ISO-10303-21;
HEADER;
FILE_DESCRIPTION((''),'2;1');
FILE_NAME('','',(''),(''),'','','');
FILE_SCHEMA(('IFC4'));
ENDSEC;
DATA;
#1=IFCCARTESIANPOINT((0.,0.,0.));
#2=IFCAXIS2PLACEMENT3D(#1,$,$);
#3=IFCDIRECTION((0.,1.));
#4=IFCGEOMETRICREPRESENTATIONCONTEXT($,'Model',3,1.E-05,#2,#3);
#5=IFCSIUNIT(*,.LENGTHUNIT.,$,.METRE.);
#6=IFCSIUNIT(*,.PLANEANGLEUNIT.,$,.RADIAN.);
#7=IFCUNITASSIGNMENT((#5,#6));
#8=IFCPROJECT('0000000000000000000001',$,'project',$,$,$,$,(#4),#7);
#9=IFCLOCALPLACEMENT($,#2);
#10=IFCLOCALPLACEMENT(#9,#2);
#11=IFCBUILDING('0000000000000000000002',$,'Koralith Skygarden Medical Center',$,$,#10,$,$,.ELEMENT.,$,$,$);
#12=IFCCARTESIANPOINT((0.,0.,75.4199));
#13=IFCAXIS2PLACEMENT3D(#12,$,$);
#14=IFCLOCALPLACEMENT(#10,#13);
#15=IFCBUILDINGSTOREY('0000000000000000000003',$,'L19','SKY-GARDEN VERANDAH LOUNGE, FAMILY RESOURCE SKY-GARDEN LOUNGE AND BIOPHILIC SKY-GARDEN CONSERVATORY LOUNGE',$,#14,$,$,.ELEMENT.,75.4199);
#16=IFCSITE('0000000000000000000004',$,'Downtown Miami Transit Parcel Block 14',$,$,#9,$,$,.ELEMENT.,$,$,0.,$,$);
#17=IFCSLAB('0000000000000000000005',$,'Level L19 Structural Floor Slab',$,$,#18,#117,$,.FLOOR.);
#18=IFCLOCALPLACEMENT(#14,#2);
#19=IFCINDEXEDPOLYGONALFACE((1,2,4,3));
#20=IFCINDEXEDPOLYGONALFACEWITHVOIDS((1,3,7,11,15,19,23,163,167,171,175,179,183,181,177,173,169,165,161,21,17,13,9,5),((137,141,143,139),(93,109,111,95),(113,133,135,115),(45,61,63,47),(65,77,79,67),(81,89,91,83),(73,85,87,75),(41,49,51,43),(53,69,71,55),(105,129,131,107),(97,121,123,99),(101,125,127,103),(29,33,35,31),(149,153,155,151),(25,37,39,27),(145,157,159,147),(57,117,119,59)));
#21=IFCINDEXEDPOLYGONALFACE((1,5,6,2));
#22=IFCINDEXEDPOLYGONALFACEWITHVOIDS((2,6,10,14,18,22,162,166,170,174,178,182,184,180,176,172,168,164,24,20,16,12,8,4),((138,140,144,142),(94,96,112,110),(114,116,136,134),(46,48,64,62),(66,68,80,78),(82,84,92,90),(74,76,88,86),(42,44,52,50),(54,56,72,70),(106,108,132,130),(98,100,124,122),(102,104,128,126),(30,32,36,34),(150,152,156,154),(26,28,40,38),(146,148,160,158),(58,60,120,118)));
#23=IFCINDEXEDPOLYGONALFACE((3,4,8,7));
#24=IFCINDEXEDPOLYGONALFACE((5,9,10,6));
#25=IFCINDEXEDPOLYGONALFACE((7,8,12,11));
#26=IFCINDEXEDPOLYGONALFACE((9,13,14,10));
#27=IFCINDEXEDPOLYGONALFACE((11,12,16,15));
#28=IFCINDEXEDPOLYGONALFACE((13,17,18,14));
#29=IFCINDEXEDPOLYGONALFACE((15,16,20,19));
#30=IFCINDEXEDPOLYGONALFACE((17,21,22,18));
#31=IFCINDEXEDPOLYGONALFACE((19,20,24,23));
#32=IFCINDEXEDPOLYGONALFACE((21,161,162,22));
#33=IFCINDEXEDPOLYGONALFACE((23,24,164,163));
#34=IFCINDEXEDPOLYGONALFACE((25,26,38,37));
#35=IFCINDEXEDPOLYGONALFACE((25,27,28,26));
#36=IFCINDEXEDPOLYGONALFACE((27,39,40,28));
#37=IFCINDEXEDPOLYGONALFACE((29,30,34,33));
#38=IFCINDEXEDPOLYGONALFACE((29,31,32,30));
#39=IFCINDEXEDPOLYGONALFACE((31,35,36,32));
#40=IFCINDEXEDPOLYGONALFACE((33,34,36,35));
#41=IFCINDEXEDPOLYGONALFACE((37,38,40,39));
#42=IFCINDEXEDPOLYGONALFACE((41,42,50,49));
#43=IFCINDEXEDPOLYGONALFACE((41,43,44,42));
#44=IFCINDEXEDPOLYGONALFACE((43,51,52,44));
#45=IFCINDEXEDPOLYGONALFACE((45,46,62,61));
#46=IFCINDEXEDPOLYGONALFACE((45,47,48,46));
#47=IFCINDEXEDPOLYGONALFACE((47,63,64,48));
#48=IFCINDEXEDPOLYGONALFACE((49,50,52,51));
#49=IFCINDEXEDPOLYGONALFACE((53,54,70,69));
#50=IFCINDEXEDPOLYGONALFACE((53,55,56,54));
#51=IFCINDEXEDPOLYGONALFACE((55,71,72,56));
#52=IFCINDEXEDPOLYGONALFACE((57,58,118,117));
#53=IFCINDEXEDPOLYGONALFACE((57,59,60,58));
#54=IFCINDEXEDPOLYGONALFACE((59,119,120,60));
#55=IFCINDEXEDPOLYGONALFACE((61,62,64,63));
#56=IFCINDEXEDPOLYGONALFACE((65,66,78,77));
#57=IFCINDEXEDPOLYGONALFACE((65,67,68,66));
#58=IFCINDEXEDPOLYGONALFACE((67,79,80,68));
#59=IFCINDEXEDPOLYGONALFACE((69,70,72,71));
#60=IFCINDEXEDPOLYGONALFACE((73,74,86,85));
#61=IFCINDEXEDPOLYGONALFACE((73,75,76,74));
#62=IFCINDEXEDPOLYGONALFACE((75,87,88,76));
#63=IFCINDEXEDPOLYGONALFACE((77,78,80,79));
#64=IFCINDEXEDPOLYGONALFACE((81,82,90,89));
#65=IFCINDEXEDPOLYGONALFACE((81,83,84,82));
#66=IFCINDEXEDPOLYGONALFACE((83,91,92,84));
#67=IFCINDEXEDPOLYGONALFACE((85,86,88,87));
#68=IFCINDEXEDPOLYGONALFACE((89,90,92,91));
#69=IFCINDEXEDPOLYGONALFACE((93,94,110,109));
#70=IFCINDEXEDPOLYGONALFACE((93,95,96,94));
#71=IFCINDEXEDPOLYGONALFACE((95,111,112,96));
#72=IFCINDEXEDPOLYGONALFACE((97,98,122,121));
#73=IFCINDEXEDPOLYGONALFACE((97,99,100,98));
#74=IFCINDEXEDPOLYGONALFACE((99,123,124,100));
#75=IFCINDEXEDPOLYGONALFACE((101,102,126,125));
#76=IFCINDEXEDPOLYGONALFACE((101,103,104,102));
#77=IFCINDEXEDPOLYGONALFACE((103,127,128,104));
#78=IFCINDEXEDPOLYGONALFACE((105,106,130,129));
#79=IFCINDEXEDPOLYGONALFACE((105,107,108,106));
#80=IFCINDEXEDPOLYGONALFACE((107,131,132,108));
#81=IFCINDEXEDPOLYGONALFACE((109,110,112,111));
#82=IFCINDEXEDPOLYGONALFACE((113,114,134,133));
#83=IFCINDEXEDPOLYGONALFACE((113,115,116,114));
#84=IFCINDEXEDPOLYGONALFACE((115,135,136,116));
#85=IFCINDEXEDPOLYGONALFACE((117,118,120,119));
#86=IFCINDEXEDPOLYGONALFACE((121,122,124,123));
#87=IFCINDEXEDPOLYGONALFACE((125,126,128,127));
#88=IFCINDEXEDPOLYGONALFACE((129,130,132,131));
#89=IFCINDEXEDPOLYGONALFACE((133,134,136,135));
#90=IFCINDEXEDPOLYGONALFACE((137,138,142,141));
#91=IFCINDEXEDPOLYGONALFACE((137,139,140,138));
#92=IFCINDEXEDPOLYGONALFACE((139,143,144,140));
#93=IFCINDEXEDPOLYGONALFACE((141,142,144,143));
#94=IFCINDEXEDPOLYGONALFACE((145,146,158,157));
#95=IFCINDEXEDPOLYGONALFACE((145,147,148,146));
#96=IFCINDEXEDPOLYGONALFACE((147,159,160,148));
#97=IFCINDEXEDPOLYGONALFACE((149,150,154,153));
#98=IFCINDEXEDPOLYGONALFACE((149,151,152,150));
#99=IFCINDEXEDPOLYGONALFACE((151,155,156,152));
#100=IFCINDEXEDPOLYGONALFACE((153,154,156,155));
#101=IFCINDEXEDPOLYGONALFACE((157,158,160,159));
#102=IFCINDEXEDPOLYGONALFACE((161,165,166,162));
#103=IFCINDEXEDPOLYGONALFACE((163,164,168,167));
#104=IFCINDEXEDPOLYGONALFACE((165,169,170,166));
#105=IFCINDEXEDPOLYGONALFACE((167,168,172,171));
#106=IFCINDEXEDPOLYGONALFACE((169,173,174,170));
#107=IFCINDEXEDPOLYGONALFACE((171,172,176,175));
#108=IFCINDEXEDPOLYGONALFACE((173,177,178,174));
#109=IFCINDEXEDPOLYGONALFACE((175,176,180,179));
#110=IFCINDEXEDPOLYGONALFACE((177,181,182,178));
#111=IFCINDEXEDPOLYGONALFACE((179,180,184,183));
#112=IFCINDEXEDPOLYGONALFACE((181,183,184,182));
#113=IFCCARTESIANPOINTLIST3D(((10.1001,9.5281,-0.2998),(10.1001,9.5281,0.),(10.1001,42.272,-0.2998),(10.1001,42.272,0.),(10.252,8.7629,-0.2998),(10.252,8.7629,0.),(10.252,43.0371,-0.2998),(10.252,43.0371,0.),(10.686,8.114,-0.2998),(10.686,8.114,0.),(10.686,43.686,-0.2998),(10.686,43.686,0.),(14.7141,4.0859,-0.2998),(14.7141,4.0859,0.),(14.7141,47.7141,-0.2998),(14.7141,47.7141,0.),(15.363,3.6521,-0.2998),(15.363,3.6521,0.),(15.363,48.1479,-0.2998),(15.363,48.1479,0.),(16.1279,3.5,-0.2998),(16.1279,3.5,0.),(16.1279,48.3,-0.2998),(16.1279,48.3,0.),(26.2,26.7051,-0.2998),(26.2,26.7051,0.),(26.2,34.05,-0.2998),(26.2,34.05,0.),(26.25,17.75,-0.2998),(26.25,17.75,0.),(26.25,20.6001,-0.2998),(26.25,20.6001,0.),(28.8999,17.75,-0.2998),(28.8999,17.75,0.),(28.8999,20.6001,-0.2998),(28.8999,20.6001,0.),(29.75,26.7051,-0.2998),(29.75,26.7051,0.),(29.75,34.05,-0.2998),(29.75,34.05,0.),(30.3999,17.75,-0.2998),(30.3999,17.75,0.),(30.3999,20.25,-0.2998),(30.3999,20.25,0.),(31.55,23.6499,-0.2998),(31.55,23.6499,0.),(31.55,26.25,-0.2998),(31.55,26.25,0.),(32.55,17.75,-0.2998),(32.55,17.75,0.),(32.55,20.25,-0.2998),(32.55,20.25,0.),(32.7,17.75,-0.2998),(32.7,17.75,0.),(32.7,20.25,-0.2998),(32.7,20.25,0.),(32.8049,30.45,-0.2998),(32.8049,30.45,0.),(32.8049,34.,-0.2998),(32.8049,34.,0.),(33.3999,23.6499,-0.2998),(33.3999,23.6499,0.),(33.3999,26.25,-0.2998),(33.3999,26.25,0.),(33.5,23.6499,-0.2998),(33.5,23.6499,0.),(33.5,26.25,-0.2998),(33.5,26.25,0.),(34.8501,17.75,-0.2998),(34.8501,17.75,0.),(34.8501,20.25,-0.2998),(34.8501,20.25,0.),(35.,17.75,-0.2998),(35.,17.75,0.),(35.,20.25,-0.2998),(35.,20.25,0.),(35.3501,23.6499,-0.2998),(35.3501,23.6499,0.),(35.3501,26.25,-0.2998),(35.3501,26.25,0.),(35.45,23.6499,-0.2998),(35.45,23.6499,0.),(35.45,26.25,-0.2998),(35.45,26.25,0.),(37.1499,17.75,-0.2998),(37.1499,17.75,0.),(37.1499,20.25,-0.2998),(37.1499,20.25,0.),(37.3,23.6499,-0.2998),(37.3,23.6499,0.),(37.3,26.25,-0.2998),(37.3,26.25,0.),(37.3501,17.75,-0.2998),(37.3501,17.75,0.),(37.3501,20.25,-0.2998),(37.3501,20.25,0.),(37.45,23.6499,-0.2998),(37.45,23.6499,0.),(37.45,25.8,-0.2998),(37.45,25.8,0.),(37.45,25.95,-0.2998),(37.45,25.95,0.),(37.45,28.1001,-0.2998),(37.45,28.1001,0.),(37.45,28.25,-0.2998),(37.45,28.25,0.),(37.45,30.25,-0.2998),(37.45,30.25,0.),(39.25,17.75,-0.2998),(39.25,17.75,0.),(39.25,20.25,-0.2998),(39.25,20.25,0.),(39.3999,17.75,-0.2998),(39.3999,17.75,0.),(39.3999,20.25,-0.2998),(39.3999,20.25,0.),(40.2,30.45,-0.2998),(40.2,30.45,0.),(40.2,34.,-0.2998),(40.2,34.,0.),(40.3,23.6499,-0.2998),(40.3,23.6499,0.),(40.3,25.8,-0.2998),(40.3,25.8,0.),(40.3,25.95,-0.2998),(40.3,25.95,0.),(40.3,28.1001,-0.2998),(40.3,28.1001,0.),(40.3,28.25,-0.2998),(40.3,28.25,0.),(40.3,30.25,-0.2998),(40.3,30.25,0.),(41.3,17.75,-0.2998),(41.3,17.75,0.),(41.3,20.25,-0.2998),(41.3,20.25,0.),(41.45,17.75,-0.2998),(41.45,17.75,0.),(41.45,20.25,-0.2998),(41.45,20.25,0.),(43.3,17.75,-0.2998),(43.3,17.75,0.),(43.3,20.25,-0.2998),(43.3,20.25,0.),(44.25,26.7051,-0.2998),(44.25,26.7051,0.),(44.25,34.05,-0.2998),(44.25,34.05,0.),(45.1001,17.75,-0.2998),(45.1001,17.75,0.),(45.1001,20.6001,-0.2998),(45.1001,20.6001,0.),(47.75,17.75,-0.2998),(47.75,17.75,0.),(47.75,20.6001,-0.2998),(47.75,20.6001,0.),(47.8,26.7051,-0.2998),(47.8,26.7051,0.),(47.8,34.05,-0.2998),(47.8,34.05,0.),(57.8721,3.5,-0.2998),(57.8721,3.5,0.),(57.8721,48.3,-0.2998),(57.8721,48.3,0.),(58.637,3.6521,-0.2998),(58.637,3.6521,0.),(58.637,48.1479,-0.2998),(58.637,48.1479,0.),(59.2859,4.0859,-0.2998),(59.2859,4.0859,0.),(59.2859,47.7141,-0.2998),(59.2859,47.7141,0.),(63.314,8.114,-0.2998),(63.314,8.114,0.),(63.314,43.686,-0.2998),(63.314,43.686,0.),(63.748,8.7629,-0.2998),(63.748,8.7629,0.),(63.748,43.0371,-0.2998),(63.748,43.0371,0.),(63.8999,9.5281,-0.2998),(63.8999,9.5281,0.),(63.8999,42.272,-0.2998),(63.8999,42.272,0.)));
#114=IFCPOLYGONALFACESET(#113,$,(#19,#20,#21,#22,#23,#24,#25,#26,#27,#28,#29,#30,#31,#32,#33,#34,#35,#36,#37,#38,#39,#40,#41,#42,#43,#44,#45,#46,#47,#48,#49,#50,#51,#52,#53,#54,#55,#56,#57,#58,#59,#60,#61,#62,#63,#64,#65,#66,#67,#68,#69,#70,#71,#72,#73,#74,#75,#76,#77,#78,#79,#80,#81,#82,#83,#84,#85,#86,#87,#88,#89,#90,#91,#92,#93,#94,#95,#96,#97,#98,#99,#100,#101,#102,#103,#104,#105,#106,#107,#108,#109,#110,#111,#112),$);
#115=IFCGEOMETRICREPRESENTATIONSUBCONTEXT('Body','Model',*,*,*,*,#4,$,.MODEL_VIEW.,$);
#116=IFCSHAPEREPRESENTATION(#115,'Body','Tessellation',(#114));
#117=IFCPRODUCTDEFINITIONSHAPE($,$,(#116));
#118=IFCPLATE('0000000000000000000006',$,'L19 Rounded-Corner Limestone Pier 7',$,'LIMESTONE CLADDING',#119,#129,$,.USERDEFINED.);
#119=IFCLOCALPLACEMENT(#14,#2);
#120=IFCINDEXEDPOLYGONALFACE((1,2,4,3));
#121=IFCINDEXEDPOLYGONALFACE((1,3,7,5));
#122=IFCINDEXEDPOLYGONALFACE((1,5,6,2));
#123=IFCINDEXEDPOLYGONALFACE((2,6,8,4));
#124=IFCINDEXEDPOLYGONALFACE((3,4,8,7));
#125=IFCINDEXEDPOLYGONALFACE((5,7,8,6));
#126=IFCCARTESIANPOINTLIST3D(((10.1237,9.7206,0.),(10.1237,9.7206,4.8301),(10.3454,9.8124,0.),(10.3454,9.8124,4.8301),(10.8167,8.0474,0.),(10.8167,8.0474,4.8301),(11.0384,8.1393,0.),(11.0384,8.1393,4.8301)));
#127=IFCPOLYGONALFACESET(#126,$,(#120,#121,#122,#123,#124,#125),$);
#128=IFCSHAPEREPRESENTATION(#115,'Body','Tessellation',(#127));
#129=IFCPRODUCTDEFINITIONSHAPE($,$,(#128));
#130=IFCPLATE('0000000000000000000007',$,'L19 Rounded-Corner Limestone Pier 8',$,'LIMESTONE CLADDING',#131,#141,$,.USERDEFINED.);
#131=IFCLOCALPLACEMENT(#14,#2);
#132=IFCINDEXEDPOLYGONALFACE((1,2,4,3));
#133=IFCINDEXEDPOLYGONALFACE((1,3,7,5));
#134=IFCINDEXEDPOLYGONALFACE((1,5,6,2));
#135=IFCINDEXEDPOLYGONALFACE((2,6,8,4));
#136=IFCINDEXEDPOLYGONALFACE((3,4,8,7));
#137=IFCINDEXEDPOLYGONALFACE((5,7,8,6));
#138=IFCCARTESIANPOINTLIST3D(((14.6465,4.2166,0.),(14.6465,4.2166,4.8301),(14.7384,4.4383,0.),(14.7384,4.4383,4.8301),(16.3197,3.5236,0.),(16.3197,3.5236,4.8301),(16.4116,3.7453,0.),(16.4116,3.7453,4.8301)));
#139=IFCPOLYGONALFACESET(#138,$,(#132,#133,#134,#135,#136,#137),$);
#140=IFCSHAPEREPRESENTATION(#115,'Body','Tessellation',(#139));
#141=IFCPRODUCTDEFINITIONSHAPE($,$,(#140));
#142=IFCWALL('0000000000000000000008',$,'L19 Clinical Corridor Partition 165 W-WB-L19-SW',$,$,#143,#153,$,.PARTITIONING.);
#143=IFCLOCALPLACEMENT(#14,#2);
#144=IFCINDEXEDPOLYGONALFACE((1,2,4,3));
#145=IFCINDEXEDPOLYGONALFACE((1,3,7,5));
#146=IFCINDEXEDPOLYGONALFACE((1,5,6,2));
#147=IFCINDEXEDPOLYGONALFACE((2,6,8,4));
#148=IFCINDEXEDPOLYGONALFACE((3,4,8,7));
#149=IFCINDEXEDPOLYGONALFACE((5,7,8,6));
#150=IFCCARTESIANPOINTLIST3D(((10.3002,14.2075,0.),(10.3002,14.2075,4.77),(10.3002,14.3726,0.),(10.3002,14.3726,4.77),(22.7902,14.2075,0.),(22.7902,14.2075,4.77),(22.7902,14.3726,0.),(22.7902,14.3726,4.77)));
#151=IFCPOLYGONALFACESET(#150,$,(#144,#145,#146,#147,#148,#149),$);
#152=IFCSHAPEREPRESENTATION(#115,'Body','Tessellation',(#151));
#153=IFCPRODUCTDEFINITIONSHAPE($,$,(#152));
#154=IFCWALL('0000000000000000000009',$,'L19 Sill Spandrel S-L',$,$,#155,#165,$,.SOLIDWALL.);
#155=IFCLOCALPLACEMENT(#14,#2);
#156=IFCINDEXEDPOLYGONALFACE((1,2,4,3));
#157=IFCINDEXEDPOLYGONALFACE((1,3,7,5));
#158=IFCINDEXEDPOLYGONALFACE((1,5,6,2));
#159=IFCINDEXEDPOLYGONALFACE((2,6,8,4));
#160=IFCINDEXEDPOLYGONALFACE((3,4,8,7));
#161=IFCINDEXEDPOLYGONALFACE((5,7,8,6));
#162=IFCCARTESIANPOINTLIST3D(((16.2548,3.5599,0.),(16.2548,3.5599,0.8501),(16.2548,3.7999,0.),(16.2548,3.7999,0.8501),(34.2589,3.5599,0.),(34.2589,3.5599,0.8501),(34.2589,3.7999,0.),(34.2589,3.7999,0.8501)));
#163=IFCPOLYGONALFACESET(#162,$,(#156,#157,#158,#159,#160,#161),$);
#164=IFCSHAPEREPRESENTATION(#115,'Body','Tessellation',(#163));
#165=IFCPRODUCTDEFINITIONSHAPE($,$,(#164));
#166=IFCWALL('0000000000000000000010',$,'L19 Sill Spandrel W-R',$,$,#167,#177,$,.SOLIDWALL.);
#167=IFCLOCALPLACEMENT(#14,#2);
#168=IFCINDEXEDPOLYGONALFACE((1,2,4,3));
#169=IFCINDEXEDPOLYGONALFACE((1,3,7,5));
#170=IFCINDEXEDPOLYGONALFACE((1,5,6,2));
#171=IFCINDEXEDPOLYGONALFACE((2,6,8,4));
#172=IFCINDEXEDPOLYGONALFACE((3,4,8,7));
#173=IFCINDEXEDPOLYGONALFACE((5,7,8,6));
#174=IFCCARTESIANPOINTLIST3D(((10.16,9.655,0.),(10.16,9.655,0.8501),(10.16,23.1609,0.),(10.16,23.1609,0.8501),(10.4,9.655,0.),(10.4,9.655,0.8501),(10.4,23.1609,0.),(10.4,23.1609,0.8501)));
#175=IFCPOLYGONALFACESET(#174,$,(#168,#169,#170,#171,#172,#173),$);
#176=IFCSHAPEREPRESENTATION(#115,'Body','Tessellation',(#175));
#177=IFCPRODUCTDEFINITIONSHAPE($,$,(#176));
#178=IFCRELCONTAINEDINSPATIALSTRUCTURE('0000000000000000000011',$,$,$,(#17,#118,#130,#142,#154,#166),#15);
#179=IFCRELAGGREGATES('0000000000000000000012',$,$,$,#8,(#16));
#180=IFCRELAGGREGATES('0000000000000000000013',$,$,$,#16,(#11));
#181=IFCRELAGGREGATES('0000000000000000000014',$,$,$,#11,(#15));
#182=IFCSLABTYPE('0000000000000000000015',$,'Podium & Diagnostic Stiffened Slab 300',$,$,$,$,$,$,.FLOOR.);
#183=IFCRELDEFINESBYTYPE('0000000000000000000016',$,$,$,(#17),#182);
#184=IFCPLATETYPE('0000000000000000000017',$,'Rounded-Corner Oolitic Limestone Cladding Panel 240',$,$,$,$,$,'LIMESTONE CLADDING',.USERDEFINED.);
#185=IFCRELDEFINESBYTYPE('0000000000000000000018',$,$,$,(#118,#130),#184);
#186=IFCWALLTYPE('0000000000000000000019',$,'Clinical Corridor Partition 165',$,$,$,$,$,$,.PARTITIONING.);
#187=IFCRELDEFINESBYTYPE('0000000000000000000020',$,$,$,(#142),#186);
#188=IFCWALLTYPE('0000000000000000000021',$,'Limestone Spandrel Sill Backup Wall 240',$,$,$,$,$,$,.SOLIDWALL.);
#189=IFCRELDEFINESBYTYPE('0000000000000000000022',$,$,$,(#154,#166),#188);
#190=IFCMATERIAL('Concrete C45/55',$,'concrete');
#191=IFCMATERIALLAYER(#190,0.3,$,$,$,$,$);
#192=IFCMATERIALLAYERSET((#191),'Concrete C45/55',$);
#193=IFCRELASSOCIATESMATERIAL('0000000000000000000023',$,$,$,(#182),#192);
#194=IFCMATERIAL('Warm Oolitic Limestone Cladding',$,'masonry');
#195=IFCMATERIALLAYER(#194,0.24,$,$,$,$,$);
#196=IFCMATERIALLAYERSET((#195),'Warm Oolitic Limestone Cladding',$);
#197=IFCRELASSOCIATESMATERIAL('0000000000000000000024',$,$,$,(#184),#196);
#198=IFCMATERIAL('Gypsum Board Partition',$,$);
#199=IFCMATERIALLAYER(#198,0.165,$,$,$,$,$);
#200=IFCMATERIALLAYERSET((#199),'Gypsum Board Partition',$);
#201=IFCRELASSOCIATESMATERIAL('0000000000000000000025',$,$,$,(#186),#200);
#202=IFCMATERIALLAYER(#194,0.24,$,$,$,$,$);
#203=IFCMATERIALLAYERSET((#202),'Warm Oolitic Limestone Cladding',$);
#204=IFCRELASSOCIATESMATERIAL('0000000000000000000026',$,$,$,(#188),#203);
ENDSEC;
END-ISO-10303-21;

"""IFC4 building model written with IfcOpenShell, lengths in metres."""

from ifc_helpers import new_model, si_unit, direction, frame, frame_2d, origin, origin_2d, place, context, subcontext, project, spatial, polyline, rectangle, outline, extrude, material, layer, layer_set, type_object, element, save


model = new_model("IFC4")

# Units and contexts
model_context = context("Model", 3, precision=1e-05, world=origin(), true_north=direction((0.0, 1.0)))
body_context = subcontext(model_context, "Body", "Model", "MODEL_VIEW")
ifc_project = project(units=[si_unit("LENGTHUNIT", "METRE"), si_unit("PLANEANGLEUNIT", "RADIAN")], contexts=[model_context])

# Site, building, storey
site_placement = place(None, origin())
site = spatial("IfcSite", under=ifc_project, at=site_placement, Name="Downtown Miami Transit Parcel Block 14", CompositionType="ELEMENT", RefElevation=0.0)
building_placement = place(site_placement, origin())
building = spatial("IfcBuilding", under=site, at=building_placement, Name="Koralith Skygarden Medical Center", CompositionType="ELEMENT")
storey_placement = place(building_placement, frame((0.0, 0.0, 75.4199)))
storey = spatial("IfcBuildingStorey", under=building, at=storey_placement, Name="L19", Description="SKY-GARDEN VERANDAH LOUNGE, FAMILY RESOURCE SKY-GARDEN LOUNGE AND BIOPHILIC SKY-GARDEN CONSERVATORY LOUNGE", CompositionType="ELEMENT", Elevation=75.4199)

# Shared definitions
ifc_material_1 = material(Name="Concrete C45/55", Category="concrete")

# Slab
ifc_layer_1 = layer(ifc_material_1, 0.3)
ifc_layer_set_1 = layer_set([ifc_layer_1], Name="Concrete C45/55")
slab_type_1 = type_object("IfcSlabType", Name="Podium & Diagnostic Stiffened Slab 300", PredefinedType="FLOOR", material=ifc_layer_set_1)
slab_1_placement = place(storey_placement, frame((0.0, 0.0, -0.2998)))
element("IfcSlab", 1, at=slab_1_placement, inside=storey, type_object=slab_type_1, Name="Level L19 Structural Floor Slab", PredefinedType="FLOOR", context=body_context, shape_type="SweptSolid", body=[
    extrude(outline(polyline([(14.7141, 4.0859), (15.363, 3.6521), (16.1279, 3.5), (57.8721, 3.5), (58.637, 3.6521), (59.2859, 4.0859), (63.314, 8.114), (63.748, 8.7629), (63.8999, 9.5281), (63.8999, 42.272), (63.748, 43.0371), (63.314, 43.686), (59.2859, 47.7141), (58.637, 48.1479), (57.8721, 48.3), (16.1279, 48.3), (15.363, 48.1479), (14.7141, 47.7141), (10.686, 43.686), (10.252, 43.0371), (10.1001, 42.272), (10.1001, 9.5281), (10.252, 8.7629), (10.686, 8.114), (14.7141, 4.0859)]), holes=[polyline([(26.2, 26.7051), (29.75, 26.7051), (29.75, 34.05), (26.2, 34.05), (26.2, 26.7051)]), polyline([(44.25, 26.7051), (47.8, 26.7051), (47.8, 34.05), (44.25, 34.05), (44.25, 26.7051)]), polyline([(32.8049, 30.45), (40.2, 30.45), (40.2, 34.0), (32.8049, 34.0), (32.8049, 30.45)]), polyline([(26.25, 17.75), (28.8999, 17.75), (28.8999, 20.6001), (26.25, 20.6001), (26.25, 17.75)]), polyline([(45.1001, 17.75), (47.75, 17.75), (47.75, 20.6001), (45.1001, 20.6001), (45.1001, 17.75)]), polyline([(30.3999, 17.75), (32.55, 17.75), (32.55, 20.25), (30.3999, 20.25), (30.3999, 17.75)]), polyline([(32.7, 17.75), (34.8501, 17.75), (34.8501, 20.25), (32.7, 20.25), (32.7, 17.75)]), polyline([(35.0, 17.75), (37.1499, 17.75), (37.1499, 20.25), (35.0, 20.25), (35.0, 17.75)]), polyline([(37.3501, 17.75), (39.25, 17.75), (39.25, 20.25), (37.3501, 20.25), (37.3501, 17.75)]), polyline([(39.3999, 17.75), (41.3, 17.75), (41.3, 20.25), (39.3999, 20.25), (39.3999, 17.75)]), polyline([(41.45, 17.75), (43.3, 17.75), (43.3, 20.25), (41.45, 20.25), (41.45, 17.75)]), polyline([(31.55, 23.6499), (33.3999, 23.6499), (33.3999, 26.25), (31.55, 26.25), (31.55, 23.6499)]), polyline([(33.5, 23.6499), (35.3501, 23.6499), (35.3501, 26.25), (33.5, 26.25), (33.5, 23.6499)]), polyline([(35.45, 23.6499), (37.3, 23.6499), (37.3, 26.25), (35.45, 26.25), (35.45, 23.6499)]), polyline([(37.45, 23.6499), (40.3, 23.6499), (40.3, 25.8), (37.45, 25.8), (37.45, 23.6499)]), polyline([(37.45, 25.95), (40.3, 25.95), (40.3, 28.1001), (37.45, 28.1001), (37.45, 25.95)]), polyline([(37.45, 28.25), (40.3, 28.25), (40.3, 30.25), (37.45, 30.25), (37.45, 28.25)])]), origin(), (0.0, 0.0, 1.0), 0.2998),
])

# Plates
ifc_material_2 = material(Name="Warm Oolitic Limestone Cladding", Category="masonry")
ifc_layer_2 = layer(ifc_material_2, 0.24)
ifc_layer_set_2 = layer_set([ifc_layer_2], Name="Warm Oolitic Limestone Cladding")
plate_type_1 = type_object("IfcPlateType", Name="Rounded-Corner Oolitic Limestone Cladding Panel 240", ElementType="LIMESTONE CLADDING", PredefinedType="USERDEFINED", material=ifc_layer_set_2)
for number, where, z_axis, x_axis, name in (
    (2, (10.5811, 8.9299, 0.0), (0.0, 0.0, 1.0), (0.382671, -0.923885, 0.0), "L19 Rounded-Corner Limestone Pier 7"),
    (3, (15.5291, 3.981, 0.0), (0.0, 0.0, 1.0), (0.923885, -0.382671, 0.0), "L19 Rounded-Corner Limestone Pier 8"),
):
    element("IfcPlate", number, at=place(storey_placement, frame(where, z_axis=z_axis, x_axis=x_axis)), inside=storey, type_object=plate_type_1, Name=name, ObjectType="LIMESTONE CLADDING", PredefinedType="USERDEFINED", context=body_context, shape_type="SweptSolid", body=[
        extrude(rectangle(XDim=1.811, YDim=0.24, at=origin_2d()), origin(), (0.0, 0.0, 1.0), 4.8301),
    ])

# Walls
ifc_material_3 = material(Name="Gypsum Board Partition")
ifc_layer_3 = layer(ifc_material_3, 0.165)
ifc_layer_set_3 = layer_set([ifc_layer_3], Name="Gypsum Board Partition")
wall_type_1 = type_object("IfcWallType", Name="Clinical Corridor Partition 165", PredefinedType="PARTITIONING", material=ifc_layer_set_3)
wall_1_placement = place(storey_placement, frame((10.3, 14.29, 0.0), z_axis=(0.0, 0.0, 1.0), x_axis=(1.0, 0.0, 0.0)))
element("IfcWall", 4, at=wall_1_placement, inside=storey, type_object=wall_type_1, Name="L19 Clinical Corridor Partition 165 W-WB-L19-SW", PredefinedType="PARTITIONING", context=body_context, shape_type="SweptSolid", body=[
    extrude(rectangle(XDim=12.49, YDim=0.165, at=frame_2d((6.2451, 0.0))), origin(), (0.0, 0.0, 1.0), 4.77),
])
ifc_layer_4 = layer(ifc_material_2, 0.24)
ifc_layer_set_4 = layer_set([ifc_layer_4], Name="Warm Oolitic Limestone Cladding")
wall_type_2 = type_object("IfcWallType", Name="Limestone Spandrel Sill Backup Wall 240", PredefinedType="SOLIDWALL", material=ifc_layer_set_4)
wall_2_placement = place(storey_placement, frame((16.2549, 3.6799, 0.0), z_axis=(0.0, 0.0, 1.0), x_axis=(1.0, 0.0, 0.0)))
element("IfcWall", 5, at=wall_2_placement, inside=storey, type_object=wall_type_2, Name="L19 Sill Spandrel S-L", PredefinedType="SOLIDWALL", context=body_context, shape_type="SweptSolid", body=[
    extrude(rectangle(XDim=18.0042, YDim=0.24, at=frame_2d((9.002, 0.0))), origin(), (0.0, 0.0, 1.0), 0.8501),
])
wall_3_placement = place(storey_placement, frame((10.28, 23.1609, 0.0), z_axis=(0.0, 0.0, 1.0), x_axis=(0.0, -1.0, 0.0)))
element("IfcWall", 6, at=wall_3_placement, inside=storey, type_object=wall_type_2, Name="L19 Sill Spandrel W-R", PredefinedType="SOLIDWALL", context=body_context, shape_type="SweptSolid", body=[
    extrude(rectangle(XDim=13.5059, YDim=0.24, at=frame_2d((6.7529, 0.0))), origin(), (0.0, 0.0, 1.0), 0.8501),
])

save(model, "model.ifc")
